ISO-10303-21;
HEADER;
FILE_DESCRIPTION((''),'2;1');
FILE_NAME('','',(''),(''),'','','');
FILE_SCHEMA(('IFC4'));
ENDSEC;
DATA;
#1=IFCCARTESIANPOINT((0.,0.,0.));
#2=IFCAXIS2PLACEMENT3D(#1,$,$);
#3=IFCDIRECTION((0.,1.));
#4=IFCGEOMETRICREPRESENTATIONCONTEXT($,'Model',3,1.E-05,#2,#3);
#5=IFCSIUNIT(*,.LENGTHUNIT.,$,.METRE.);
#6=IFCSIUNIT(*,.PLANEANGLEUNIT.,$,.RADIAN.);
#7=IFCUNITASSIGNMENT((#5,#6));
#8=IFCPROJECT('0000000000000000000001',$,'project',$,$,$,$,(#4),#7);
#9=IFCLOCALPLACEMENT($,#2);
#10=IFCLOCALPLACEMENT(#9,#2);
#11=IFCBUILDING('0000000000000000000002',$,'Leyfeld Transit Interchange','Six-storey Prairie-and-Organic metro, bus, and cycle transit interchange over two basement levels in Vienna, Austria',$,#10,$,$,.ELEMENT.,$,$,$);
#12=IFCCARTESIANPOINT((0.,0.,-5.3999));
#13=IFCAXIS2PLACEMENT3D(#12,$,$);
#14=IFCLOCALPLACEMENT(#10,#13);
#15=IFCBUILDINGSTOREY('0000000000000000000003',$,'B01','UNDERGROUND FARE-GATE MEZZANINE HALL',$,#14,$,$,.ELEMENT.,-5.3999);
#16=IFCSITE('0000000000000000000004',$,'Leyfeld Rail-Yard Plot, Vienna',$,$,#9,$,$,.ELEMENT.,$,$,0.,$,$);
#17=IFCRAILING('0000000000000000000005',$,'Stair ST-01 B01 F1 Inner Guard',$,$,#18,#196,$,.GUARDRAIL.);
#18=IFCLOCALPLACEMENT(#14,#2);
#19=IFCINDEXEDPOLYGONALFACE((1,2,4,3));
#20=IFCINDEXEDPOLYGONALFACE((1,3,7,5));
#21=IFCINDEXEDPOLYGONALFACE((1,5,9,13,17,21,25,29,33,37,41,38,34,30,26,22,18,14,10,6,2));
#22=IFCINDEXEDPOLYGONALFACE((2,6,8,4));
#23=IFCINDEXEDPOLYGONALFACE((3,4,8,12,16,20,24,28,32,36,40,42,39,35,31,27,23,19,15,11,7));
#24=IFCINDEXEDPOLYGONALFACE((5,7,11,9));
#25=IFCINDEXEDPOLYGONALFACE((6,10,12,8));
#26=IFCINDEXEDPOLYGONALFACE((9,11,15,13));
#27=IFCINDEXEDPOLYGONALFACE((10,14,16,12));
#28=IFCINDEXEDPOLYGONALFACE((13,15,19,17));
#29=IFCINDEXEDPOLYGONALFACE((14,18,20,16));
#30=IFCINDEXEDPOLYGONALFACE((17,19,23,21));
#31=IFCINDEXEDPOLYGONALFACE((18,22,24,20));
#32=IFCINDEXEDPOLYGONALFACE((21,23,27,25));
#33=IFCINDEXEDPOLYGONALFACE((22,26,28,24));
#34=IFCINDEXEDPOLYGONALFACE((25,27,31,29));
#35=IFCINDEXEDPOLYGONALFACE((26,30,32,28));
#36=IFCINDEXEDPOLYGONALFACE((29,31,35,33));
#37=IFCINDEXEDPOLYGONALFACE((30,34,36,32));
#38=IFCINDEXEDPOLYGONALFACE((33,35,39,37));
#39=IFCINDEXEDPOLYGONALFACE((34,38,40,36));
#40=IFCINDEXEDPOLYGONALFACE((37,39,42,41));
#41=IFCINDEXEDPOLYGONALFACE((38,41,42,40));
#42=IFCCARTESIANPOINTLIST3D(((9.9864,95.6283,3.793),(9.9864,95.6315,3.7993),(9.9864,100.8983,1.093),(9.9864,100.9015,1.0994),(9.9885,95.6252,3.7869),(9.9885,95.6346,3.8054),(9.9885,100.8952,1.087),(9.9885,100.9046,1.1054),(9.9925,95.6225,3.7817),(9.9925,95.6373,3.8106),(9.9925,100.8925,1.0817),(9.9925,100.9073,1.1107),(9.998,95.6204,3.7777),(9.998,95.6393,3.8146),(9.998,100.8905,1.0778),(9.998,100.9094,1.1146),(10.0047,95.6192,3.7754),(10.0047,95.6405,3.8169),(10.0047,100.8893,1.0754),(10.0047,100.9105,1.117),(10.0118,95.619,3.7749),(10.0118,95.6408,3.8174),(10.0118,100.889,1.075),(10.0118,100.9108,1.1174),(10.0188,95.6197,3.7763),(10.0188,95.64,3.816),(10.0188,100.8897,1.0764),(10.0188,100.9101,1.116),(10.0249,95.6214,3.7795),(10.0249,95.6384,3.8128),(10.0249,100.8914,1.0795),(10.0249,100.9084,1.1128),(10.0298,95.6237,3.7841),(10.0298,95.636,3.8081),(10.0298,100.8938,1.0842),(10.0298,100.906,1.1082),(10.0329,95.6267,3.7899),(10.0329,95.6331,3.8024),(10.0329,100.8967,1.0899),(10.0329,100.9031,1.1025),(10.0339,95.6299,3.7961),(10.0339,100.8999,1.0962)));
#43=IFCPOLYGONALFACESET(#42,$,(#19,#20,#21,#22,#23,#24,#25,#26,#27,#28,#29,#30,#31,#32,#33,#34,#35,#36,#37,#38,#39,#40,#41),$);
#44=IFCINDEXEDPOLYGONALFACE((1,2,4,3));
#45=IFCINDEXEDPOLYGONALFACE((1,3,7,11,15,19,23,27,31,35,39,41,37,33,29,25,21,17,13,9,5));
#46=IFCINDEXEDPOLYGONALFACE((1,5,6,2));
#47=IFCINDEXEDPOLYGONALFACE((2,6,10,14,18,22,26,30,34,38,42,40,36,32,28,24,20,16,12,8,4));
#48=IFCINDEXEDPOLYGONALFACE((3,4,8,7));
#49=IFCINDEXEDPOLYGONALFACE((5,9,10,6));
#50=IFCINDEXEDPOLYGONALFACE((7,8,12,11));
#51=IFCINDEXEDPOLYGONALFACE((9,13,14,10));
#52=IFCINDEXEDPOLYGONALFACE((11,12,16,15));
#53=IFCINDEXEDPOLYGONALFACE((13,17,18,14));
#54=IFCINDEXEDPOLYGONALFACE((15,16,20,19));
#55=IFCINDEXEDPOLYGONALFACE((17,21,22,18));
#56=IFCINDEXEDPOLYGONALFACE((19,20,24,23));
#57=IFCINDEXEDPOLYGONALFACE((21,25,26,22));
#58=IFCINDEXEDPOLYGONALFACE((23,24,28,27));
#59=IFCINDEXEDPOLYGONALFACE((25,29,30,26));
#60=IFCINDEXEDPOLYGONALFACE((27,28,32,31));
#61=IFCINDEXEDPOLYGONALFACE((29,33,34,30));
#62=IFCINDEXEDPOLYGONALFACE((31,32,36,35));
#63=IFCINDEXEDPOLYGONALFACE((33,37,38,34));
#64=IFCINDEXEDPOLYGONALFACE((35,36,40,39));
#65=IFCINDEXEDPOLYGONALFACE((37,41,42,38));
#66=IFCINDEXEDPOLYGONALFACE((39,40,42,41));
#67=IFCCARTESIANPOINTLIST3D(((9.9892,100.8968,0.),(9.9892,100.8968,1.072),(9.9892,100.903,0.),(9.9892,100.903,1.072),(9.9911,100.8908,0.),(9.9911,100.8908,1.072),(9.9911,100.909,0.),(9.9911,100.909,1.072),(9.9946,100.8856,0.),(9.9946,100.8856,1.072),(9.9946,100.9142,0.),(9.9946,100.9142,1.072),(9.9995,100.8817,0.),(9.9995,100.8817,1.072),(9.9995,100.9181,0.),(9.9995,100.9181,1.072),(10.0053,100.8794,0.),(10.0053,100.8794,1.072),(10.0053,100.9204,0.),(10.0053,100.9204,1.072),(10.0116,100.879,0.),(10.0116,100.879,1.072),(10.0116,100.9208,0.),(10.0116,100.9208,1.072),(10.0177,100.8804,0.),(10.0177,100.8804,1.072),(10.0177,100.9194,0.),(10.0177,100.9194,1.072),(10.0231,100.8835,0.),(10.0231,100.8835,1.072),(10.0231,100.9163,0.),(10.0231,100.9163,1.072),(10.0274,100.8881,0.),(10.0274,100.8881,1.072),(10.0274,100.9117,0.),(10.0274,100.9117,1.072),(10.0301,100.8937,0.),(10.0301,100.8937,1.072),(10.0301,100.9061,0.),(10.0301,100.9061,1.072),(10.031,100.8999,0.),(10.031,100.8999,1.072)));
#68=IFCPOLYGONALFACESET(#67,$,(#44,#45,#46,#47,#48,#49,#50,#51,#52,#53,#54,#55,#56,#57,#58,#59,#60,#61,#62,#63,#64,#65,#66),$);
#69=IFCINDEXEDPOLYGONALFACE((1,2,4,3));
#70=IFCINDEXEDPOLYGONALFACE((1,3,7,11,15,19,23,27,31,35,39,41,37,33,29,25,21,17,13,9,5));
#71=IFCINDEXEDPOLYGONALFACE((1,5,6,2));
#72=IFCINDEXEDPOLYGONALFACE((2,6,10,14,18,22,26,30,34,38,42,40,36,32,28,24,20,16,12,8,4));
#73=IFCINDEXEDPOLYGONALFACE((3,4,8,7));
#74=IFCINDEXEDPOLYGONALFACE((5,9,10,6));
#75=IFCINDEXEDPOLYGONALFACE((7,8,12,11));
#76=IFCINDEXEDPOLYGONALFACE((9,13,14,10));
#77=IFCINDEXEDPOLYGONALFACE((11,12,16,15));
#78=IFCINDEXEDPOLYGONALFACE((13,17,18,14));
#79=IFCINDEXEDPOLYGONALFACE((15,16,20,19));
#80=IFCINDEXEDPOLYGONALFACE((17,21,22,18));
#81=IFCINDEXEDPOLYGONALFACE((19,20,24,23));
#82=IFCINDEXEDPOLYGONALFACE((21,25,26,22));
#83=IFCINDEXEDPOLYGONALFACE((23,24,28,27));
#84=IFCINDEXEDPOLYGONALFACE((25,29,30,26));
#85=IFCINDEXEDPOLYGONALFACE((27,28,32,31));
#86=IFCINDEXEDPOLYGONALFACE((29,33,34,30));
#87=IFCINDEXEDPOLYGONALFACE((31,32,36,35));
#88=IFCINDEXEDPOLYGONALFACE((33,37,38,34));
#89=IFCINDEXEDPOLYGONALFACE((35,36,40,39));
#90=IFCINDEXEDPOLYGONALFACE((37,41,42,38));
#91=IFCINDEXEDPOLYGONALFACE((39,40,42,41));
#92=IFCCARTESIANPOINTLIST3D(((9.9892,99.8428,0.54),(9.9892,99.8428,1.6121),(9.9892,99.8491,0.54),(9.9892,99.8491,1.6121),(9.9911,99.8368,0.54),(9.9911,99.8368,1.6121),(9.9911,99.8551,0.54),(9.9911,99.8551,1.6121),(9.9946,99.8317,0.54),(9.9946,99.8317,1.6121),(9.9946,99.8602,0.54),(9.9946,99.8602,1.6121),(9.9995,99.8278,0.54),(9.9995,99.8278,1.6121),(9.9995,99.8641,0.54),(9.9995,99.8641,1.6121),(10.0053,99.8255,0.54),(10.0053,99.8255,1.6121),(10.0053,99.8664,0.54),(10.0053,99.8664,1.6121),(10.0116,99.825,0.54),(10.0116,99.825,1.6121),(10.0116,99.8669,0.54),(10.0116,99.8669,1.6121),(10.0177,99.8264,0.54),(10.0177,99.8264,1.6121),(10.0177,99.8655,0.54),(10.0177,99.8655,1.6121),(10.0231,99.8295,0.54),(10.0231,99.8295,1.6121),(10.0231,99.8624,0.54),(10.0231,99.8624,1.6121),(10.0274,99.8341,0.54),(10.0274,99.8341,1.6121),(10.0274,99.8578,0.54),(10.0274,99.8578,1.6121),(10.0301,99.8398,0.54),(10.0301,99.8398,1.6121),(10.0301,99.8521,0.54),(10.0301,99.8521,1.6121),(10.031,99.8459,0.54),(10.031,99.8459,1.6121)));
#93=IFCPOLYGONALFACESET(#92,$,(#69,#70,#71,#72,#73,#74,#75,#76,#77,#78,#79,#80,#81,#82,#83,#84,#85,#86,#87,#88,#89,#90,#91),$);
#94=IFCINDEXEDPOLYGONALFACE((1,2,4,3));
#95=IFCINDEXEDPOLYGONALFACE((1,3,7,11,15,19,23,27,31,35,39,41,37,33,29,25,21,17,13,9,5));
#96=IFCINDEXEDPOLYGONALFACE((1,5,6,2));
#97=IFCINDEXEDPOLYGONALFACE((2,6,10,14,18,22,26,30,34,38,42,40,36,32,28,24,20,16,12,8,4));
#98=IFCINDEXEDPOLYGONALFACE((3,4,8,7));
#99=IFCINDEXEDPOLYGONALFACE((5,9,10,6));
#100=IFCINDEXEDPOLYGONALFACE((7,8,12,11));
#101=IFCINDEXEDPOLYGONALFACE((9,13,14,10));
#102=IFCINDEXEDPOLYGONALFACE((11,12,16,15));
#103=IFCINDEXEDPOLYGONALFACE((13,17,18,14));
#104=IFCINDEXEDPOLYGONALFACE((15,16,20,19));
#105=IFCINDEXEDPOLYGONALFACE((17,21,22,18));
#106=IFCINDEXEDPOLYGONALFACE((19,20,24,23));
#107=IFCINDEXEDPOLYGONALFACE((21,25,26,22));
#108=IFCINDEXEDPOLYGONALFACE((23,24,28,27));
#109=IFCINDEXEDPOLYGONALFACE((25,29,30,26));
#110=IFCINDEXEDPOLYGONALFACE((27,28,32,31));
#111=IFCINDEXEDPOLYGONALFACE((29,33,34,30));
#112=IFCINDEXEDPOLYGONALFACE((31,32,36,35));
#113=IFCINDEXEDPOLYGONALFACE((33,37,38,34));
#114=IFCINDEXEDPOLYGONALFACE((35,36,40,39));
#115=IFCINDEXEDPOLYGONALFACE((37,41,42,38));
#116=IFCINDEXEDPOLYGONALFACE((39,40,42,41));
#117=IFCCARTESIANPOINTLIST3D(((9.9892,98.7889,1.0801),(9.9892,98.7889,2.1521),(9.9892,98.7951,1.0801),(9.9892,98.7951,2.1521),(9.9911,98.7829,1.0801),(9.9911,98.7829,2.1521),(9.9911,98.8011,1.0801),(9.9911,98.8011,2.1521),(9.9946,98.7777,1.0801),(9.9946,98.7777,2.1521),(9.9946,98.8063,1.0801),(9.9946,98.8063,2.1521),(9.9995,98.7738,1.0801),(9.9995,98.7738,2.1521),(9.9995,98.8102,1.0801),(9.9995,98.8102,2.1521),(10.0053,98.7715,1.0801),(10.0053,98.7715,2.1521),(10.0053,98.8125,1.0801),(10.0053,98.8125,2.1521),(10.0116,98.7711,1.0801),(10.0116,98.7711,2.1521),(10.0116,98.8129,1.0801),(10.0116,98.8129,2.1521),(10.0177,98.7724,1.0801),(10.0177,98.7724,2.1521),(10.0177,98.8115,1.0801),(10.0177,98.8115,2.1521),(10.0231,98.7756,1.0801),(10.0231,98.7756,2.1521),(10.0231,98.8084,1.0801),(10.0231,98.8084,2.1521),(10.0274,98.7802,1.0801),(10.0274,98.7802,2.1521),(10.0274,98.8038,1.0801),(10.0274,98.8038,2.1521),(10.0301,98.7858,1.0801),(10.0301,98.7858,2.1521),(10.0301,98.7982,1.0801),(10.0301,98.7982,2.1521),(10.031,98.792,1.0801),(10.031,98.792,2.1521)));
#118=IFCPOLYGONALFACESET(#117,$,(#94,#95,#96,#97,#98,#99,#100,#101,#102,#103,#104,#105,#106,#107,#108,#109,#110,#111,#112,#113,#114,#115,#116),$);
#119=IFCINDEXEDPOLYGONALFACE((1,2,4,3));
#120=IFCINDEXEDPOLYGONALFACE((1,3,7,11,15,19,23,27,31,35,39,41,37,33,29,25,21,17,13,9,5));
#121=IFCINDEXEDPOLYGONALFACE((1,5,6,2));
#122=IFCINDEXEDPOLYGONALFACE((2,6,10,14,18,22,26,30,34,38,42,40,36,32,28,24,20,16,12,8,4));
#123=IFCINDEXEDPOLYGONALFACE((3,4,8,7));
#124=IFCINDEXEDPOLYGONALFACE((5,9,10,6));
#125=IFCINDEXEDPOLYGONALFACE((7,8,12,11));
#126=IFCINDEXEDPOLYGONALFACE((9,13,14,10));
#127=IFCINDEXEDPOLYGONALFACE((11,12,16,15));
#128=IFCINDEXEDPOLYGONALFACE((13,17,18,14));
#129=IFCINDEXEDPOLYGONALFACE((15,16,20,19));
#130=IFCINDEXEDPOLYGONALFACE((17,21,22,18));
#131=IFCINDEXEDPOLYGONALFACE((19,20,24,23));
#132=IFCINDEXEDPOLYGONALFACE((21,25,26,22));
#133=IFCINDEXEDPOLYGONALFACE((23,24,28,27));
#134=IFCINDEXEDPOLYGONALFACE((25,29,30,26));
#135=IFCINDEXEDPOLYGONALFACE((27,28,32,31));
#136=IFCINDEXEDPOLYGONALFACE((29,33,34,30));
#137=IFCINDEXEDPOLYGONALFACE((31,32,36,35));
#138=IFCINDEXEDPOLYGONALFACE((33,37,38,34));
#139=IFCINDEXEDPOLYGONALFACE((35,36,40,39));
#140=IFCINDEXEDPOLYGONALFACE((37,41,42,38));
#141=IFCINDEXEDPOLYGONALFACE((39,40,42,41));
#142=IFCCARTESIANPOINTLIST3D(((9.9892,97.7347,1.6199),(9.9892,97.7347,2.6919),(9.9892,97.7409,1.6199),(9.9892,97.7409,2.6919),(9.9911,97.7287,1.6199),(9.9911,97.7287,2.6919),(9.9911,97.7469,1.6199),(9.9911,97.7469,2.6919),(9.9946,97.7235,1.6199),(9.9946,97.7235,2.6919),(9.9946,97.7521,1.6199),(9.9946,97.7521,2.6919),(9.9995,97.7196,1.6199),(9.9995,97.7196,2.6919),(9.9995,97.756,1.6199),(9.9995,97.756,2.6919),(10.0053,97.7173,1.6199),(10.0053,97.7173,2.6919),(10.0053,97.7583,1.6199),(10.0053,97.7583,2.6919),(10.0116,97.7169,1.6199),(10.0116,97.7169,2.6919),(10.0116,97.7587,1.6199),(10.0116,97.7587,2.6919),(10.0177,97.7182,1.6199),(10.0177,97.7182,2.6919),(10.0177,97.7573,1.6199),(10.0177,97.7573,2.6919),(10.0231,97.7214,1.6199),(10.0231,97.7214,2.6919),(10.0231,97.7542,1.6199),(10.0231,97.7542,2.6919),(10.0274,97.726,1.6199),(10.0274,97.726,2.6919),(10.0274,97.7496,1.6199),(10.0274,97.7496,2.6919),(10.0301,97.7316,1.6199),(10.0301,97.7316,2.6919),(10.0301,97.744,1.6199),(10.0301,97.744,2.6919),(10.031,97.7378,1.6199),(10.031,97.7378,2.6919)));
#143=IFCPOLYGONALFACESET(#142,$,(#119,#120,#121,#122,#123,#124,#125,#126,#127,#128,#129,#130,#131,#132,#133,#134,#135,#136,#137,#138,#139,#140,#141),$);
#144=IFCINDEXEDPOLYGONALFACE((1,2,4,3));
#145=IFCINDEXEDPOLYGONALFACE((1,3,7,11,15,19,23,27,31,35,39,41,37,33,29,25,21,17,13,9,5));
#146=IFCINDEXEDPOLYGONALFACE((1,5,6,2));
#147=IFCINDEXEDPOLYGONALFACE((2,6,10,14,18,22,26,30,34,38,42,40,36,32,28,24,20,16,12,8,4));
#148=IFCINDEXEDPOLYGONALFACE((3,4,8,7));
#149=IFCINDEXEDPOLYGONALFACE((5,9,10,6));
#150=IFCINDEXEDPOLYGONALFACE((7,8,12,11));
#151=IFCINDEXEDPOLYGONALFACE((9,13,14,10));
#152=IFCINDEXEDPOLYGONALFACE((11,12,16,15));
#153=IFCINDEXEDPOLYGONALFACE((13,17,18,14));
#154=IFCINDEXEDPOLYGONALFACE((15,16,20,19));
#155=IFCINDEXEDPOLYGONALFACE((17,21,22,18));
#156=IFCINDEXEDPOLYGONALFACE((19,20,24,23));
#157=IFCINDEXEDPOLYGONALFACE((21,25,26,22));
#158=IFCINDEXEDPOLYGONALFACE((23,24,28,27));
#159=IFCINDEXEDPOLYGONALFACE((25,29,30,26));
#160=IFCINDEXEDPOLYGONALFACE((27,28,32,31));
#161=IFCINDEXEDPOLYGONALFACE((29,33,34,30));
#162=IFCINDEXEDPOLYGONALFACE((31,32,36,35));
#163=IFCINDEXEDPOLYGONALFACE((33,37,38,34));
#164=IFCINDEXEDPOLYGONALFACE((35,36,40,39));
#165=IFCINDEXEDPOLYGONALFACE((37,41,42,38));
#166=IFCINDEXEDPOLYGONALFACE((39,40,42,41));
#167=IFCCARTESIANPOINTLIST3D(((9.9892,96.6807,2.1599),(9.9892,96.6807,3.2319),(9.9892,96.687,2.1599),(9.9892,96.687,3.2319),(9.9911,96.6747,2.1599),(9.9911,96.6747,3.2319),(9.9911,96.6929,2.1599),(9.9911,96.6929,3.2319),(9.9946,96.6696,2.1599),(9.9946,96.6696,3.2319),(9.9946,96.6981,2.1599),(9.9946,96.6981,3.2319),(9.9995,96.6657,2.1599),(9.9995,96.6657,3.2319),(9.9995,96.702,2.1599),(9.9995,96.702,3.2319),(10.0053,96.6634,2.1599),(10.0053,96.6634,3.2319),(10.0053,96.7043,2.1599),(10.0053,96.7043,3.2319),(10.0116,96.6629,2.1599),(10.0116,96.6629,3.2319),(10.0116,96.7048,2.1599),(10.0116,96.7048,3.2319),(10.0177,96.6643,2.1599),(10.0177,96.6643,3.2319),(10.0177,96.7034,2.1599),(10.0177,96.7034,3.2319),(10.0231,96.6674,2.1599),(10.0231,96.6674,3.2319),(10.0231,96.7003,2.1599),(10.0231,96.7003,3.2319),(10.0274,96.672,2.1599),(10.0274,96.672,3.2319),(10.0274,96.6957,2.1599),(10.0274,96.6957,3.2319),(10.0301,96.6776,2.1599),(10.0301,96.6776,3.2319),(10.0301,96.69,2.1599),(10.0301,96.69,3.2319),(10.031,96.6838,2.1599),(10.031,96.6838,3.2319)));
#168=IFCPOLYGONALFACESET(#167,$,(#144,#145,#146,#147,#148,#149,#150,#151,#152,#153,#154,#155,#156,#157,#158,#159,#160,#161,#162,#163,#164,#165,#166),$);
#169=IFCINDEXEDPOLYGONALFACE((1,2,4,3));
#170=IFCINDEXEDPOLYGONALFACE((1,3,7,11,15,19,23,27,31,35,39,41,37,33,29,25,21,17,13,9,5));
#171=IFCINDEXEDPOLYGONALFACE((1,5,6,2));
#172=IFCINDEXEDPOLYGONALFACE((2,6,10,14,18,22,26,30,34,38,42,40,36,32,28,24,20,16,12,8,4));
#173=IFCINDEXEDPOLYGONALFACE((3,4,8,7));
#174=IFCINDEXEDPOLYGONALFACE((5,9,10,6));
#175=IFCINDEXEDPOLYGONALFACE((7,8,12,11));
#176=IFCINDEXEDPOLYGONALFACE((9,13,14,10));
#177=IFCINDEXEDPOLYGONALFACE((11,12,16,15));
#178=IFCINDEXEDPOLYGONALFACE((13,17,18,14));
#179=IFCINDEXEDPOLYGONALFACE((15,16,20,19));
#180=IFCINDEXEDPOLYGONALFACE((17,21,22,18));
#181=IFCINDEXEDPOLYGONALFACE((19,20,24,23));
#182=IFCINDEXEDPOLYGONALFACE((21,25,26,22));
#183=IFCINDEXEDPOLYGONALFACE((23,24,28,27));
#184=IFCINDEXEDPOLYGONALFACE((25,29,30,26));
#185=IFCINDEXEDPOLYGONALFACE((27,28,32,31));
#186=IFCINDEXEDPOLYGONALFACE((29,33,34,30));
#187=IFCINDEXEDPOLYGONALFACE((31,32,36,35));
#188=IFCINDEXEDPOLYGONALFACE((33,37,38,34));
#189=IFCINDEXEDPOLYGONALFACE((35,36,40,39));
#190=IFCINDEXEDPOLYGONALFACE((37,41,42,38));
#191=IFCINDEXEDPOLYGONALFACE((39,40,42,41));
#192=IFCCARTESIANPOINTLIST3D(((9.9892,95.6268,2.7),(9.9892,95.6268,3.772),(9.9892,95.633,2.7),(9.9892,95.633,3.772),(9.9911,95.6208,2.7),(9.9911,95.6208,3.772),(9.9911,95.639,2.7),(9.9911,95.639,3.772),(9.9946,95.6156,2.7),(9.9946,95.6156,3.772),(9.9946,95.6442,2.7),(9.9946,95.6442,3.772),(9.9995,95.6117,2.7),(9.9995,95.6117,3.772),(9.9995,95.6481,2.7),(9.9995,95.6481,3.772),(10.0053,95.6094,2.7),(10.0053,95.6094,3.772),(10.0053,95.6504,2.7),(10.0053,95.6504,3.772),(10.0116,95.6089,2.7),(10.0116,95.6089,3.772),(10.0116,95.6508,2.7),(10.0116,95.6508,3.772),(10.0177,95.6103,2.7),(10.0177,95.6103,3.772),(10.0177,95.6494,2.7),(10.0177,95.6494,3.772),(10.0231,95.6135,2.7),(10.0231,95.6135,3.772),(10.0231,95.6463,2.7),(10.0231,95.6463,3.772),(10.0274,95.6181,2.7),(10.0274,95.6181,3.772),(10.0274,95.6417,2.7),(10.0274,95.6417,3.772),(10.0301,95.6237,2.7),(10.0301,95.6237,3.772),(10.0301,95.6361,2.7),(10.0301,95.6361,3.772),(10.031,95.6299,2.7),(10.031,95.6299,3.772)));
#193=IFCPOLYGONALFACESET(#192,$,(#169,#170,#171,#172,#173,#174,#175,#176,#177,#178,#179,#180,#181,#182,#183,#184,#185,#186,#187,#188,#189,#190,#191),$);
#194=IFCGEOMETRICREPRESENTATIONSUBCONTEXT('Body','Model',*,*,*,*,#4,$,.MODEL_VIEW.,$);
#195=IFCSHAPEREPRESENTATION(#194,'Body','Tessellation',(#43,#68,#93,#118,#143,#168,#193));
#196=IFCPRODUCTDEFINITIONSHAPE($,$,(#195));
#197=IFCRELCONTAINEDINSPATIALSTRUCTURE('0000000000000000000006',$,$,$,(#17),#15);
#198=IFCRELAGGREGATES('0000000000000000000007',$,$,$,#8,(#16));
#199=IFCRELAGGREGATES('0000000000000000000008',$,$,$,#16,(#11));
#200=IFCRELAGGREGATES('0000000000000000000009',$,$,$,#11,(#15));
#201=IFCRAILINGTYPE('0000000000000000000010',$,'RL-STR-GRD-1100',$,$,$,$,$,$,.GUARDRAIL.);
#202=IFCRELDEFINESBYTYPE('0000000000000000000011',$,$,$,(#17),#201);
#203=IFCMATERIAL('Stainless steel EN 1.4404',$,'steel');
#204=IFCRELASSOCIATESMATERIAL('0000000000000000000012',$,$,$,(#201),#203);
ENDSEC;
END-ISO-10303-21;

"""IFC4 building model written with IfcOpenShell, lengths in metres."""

from ifc_helpers import new_model, si_unit, direction, frame, origin, origin_2d, place, context, subcontext, project, spatial, circle, extrude, material, type_object, element, save


model = new_model("IFC4")

# Units and contexts
model_context = context("Model", 3, precision=1e-05, world=origin(), true_north=direction((0.0, 1.0)))
body_context = subcontext(model_context, "Body", "Model", "MODEL_VIEW")
ifc_project = project(units=[si_unit("LENGTHUNIT", "METRE"), si_unit("PLANEANGLEUNIT", "RADIAN")], contexts=[model_context])

# Site, building, storey
site_placement = place(None, origin())
site = spatial("IfcSite", under=ifc_project, at=site_placement, Name="Leyfeld Rail-Yard Plot, Vienna", CompositionType="ELEMENT", RefElevation=0.0)
building_placement = place(site_placement, origin())
building = spatial("IfcBuilding", under=site, at=building_placement, Name="Leyfeld Transit Interchange", Description="Six-storey Prairie-and-Organic metro, bus, and cycle transit interchange over two basement levels in Vienna, Austria", CompositionType="ELEMENT")
storey_placement = place(building_placement, frame((0.0, 0.0, -5.3999)))
storey = spatial("IfcBuildingStorey", under=building, at=storey_placement, Name="B01", Description="UNDERGROUND FARE-GATE MEZZANINE HALL", CompositionType="ELEMENT", Elevation=-5.3999)

# Railing
ifc_material_1 = material(Name="Stainless steel EN 1.4404", Category="steel")
railing_type_1 = type_object("IfcRailingType", Name="RL-STR-GRD-1100", PredefinedType="GUARDRAIL", material=ifc_material_1)
for number, where, name in (
    (1, (10.01, 100.8999, 0.0), "Stair ST-01 B01 F1 Inner Guard"),
):
    element("IfcRailing", number, at=place(storey_placement, frame(where)), inside=storey, type_object=railing_type_1, Name=name, PredefinedType="GUARDRAIL", context=body_context, shape_type="SweptSolid", body=[
        extrude(circle(Radius=0.0239, at=origin_2d()), frame((0.0, 0.0, 1.0962), z_axis=(0.0, -0.889997, 0.455966), x_axis=(1.0, 0.0, 0.0)), (0.0, 0.0, 1.0), 5.9214),
        extrude(circle(Radius=0.021, at=origin_2d()), origin(), (0.0, 0.0, 1.0), 1.072),
        extrude(circle(Radius=0.021, at=origin_2d()), frame((0.0, -1.054, 0.54)), (0.0, 0.0, 1.0), 1.072),
        extrude(circle(Radius=0.021, at=origin_2d()), frame((0.0, -2.1079, 1.0801)), (0.0, 0.0, 1.0), 1.072),
        extrude(circle(Radius=0.021, at=origin_2d()), frame((0.0, -3.1621, 1.6199)), (0.0, 0.0, 1.0), 1.072),
        extrude(circle(Radius=0.021, at=origin_2d()), frame((0.0, -4.2161, 2.1599)), (0.0, 0.0, 1.0), 1.072),
        extrude(circle(Radius=0.021, at=origin_2d()), frame((0.0, -5.27, 2.7)), (0.0, 0.0, 1.0), 1.072),
    ])

save(model, "model.ifc")
